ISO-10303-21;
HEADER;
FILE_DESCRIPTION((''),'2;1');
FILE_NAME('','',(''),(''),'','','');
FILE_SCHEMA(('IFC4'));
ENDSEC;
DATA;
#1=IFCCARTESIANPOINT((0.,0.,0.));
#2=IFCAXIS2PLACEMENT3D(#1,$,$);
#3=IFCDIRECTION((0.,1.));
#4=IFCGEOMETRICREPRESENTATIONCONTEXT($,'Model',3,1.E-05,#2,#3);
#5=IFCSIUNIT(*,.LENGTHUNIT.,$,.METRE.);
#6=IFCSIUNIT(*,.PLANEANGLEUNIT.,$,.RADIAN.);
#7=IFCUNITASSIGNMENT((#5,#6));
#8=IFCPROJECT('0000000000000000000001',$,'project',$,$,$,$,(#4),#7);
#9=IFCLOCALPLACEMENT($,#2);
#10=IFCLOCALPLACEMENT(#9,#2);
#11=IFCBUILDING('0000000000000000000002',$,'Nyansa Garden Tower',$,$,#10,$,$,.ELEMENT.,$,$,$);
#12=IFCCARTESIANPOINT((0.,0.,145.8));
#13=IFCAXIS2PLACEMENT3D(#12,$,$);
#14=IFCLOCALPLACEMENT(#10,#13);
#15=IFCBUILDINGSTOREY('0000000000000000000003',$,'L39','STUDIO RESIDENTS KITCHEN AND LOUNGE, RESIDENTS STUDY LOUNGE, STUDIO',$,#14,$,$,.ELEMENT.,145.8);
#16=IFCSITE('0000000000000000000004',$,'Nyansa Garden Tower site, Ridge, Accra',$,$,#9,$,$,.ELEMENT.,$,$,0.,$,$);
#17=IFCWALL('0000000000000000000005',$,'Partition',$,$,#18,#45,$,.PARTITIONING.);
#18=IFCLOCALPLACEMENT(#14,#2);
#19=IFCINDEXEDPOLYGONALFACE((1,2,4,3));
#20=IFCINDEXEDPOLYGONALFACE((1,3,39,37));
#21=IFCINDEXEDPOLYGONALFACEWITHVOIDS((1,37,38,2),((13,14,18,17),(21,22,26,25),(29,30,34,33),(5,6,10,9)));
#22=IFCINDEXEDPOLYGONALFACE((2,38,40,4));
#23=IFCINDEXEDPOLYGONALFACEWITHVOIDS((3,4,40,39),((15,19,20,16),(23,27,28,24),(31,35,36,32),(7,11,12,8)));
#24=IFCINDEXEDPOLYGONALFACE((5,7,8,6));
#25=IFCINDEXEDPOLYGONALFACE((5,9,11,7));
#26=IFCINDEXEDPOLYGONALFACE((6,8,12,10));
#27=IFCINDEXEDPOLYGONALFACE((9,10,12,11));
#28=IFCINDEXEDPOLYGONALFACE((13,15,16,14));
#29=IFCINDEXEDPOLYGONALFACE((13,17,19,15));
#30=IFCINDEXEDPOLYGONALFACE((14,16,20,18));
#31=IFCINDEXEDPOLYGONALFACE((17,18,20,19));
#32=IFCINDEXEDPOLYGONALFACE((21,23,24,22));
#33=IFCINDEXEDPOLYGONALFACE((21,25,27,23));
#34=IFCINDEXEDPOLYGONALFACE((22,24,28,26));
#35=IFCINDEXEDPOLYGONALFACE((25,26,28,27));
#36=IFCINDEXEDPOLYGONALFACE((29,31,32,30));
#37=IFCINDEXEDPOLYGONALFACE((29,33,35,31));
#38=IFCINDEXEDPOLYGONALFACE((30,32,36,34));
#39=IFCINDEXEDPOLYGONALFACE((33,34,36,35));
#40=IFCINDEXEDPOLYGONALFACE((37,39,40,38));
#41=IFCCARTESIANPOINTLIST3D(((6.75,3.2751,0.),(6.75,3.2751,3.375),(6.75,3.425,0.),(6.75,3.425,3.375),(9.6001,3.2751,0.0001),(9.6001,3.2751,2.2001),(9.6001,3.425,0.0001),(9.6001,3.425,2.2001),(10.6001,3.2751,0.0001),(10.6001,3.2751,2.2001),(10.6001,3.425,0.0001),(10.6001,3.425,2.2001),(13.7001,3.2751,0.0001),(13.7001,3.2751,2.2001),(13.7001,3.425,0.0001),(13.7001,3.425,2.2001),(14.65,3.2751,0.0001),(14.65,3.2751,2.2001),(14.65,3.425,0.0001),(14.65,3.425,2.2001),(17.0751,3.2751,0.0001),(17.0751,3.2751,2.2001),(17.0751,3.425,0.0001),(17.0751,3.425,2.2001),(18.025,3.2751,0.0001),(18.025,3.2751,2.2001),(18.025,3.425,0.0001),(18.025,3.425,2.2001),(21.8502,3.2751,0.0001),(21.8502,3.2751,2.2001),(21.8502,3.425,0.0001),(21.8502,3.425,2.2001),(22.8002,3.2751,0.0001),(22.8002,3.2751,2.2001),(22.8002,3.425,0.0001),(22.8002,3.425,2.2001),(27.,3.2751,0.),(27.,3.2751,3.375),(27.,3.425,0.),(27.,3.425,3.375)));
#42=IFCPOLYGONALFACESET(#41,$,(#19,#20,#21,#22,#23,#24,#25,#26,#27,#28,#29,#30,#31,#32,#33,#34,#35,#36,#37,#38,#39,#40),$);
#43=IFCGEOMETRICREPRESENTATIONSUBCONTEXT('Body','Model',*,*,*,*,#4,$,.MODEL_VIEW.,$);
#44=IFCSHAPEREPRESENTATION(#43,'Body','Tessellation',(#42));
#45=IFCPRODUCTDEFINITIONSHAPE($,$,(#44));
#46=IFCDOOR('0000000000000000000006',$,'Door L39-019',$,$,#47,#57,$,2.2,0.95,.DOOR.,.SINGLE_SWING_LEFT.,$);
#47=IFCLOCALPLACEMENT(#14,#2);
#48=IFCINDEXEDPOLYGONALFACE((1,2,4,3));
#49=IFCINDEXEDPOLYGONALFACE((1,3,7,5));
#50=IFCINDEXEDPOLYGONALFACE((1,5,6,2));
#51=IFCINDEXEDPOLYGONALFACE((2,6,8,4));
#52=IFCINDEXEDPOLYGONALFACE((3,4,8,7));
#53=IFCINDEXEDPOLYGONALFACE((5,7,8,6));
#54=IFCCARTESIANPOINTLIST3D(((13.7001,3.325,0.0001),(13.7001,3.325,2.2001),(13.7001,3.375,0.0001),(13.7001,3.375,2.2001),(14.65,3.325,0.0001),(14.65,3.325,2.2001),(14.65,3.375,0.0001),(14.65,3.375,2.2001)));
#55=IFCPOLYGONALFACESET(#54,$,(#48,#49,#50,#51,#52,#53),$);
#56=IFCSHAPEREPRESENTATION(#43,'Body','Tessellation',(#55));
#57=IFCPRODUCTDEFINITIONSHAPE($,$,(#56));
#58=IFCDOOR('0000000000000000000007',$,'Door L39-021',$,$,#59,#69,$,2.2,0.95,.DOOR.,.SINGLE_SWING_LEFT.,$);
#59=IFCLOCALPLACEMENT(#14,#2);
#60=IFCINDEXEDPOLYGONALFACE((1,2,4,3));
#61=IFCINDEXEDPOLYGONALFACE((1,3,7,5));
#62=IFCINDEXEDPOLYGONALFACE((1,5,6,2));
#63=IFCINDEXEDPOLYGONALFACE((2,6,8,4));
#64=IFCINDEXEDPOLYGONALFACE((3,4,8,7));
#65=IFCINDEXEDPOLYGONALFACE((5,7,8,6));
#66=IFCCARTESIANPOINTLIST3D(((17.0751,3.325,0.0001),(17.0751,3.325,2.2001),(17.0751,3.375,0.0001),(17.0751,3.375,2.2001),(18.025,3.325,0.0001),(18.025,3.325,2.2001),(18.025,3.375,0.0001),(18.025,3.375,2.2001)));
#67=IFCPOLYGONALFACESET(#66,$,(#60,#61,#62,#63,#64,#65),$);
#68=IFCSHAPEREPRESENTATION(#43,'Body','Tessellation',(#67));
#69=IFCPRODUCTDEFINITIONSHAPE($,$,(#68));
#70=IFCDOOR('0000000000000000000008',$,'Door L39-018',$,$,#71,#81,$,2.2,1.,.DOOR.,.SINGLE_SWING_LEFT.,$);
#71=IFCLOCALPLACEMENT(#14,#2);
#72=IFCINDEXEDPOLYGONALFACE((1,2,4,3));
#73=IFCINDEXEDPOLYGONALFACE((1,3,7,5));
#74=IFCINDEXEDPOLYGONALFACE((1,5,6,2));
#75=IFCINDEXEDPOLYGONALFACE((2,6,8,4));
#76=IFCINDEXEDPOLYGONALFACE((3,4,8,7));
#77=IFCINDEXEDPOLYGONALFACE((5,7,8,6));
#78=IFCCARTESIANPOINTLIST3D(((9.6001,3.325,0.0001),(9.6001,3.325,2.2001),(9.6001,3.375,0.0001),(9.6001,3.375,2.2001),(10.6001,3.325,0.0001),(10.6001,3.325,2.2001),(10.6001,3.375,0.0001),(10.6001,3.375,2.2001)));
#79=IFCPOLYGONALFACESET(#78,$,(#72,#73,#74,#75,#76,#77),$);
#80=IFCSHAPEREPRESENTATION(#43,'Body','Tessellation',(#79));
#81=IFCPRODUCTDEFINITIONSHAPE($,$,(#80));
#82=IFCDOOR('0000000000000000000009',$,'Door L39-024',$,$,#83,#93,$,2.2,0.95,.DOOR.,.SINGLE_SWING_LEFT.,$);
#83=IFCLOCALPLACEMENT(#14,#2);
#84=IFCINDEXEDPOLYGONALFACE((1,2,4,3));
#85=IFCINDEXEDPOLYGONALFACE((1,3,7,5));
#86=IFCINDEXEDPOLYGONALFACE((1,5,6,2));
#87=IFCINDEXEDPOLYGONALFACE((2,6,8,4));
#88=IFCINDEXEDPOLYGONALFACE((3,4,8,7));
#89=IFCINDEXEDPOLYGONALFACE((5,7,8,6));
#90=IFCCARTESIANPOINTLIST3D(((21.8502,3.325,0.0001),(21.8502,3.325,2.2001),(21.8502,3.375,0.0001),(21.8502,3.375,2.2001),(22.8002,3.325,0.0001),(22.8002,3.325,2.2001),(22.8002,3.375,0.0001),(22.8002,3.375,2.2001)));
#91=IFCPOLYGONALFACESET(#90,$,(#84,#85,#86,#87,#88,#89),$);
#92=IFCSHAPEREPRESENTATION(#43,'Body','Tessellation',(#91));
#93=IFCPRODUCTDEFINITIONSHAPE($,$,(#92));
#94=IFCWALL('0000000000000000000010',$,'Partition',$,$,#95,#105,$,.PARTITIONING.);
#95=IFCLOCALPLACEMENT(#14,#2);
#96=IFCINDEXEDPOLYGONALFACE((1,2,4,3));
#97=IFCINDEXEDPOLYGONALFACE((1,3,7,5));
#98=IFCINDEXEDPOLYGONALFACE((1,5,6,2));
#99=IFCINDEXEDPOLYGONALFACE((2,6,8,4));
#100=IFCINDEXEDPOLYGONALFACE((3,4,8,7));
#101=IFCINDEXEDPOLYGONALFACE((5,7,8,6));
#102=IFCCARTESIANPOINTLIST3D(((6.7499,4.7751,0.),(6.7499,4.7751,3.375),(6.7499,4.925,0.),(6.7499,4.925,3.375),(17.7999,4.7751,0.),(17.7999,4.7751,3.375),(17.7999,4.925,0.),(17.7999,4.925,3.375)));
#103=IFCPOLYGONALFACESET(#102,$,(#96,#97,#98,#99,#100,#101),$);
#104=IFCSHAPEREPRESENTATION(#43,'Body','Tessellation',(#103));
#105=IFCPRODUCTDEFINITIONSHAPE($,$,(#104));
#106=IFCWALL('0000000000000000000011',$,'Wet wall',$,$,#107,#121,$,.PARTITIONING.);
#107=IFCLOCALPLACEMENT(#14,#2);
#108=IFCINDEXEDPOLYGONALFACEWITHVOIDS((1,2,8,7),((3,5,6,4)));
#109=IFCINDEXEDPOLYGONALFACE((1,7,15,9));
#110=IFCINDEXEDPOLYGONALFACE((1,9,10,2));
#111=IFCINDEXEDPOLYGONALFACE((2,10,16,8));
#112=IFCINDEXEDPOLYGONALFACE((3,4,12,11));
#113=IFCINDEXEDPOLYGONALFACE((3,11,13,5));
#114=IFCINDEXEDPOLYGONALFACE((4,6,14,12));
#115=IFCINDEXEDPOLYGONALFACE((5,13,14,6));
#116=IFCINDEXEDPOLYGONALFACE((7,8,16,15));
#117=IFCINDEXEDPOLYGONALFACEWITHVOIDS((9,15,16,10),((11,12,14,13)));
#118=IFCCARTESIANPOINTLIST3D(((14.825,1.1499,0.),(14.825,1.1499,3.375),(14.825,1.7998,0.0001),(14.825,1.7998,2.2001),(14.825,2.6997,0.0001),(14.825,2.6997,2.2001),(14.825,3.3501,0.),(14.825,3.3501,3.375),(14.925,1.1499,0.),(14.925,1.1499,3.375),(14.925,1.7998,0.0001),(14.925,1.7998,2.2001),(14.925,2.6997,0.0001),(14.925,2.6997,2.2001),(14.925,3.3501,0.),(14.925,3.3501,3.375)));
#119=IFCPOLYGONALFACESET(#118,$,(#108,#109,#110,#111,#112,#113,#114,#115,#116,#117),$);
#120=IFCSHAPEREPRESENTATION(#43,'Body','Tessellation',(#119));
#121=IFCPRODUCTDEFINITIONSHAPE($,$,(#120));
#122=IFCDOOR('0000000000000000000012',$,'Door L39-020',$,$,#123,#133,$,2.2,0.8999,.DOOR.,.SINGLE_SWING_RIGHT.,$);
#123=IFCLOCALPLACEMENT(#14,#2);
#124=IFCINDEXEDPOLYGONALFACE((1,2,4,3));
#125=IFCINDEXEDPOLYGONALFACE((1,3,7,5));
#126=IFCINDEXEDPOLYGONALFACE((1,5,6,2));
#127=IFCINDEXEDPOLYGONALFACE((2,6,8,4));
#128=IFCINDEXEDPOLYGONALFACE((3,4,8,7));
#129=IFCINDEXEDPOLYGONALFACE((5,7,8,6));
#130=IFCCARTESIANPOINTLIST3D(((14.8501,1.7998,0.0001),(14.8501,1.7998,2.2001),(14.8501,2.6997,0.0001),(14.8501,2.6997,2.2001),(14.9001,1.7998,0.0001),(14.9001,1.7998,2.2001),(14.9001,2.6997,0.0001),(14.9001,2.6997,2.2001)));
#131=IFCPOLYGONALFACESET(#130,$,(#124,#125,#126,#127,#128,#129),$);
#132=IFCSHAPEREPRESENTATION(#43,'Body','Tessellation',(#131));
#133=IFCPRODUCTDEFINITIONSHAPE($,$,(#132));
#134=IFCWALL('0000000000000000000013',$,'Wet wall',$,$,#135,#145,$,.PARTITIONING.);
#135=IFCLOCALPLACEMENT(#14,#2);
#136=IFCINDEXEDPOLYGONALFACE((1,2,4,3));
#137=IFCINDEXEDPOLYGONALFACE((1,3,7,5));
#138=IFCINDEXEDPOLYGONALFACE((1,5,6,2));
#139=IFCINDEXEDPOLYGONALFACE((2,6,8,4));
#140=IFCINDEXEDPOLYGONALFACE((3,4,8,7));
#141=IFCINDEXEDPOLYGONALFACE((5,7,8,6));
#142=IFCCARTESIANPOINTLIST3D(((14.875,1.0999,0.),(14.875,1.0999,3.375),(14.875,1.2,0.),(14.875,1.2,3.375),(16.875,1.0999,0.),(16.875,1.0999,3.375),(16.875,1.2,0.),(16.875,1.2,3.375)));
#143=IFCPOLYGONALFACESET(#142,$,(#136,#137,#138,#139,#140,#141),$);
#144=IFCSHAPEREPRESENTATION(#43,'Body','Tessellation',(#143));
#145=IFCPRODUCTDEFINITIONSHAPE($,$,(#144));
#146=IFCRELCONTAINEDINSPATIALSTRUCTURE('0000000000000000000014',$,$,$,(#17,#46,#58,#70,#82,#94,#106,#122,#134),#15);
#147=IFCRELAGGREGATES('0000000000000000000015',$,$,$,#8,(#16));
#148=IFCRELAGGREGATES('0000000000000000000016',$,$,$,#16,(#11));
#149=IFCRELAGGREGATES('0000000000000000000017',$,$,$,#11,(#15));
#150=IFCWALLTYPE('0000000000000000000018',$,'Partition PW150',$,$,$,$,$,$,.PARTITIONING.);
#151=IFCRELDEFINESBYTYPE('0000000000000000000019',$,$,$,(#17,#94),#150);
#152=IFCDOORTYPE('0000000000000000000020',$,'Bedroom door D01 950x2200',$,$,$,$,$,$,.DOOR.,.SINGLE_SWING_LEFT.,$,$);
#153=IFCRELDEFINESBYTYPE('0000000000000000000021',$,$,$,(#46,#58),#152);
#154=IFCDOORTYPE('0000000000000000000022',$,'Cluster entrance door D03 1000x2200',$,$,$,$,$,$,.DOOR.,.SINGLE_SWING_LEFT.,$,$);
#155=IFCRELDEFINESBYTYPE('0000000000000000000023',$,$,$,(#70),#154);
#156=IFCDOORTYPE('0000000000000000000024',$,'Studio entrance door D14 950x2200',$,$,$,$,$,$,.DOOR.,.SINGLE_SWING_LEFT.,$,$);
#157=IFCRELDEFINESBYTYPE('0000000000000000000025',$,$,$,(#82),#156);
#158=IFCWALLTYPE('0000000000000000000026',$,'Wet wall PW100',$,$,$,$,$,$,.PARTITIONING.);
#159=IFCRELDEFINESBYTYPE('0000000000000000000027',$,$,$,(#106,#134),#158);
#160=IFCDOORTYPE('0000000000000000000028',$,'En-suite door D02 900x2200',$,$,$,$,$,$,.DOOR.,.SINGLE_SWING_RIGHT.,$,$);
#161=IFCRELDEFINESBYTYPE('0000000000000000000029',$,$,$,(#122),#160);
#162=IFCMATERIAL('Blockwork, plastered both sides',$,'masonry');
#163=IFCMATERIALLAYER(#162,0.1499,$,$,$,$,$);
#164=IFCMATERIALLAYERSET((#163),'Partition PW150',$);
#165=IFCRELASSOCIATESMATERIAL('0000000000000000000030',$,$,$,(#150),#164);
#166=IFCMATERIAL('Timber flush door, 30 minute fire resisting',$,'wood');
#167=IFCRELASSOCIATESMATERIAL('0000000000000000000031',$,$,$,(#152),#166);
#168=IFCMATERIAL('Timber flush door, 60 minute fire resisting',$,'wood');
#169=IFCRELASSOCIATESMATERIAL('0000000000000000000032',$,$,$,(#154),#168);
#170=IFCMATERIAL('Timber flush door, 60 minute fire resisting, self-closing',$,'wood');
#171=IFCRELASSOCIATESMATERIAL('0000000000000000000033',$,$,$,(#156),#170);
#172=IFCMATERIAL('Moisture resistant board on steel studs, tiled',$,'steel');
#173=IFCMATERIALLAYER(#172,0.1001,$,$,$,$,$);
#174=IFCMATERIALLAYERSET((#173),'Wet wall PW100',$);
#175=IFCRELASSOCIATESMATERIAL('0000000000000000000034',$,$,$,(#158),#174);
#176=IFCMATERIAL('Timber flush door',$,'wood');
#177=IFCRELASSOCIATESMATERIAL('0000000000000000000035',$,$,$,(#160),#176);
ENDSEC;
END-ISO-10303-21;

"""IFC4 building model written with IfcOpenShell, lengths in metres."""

from ifc_helpers import new_model, si_unit, direction, frame, frame_2d, origin, place, context, subcontext, project, spatial, rectangle, extrude, material, layer, layer_set, type_object, element, fill, save


model = new_model("IFC4")

# Units and contexts
model_context = context("Model", 3, precision=1e-05, world=origin(), true_north=direction((0.0, 1.0)))
body_context = subcontext(model_context, "Body", "Model", "MODEL_VIEW")
ifc_project = project(units=[si_unit("LENGTHUNIT", "METRE"), si_unit("PLANEANGLEUNIT", "RADIAN")], contexts=[model_context])

# Site, building, storey
site_placement = place(None, origin())
site = spatial("IfcSite", under=ifc_project, at=site_placement, Name="Nyansa Garden Tower site, Ridge, Accra", CompositionType="ELEMENT", RefElevation=0.0)
building_placement = place(site_placement, origin())
building = spatial("IfcBuilding", under=site, at=building_placement, Name="Nyansa Garden Tower", CompositionType="ELEMENT")
storey_placement = place(building_placement, frame((0.0, 0.0, 145.8)))
storey = spatial("IfcBuildingStorey", under=building, at=storey_placement, Name="L39", Description="STUDIO RESIDENTS KITCHEN AND LOUNGE, RESIDENTS STUDY LOUNGE, STUDIO", CompositionType="ELEMENT", Elevation=145.8)

# Shared definitions
ifc_material_1 = material(Name="Blockwork, plastered both sides", Category="masonry")
ifc_layer_1 = layer(ifc_material_1, 0.1499)
ifc_layer_set_1 = layer_set([ifc_layer_1], Name="Partition PW150")
wall_type_1 = type_object("IfcWallType", Name="Partition PW150", PredefinedType="PARTITIONING", material=ifc_layer_set_1)

# Wall, openings, doors
wall_1_placement = place(storey_placement, frame((6.75, 3.3501, 0.0), z_axis=(0.0, 0.0, 1.0), x_axis=(1.0, 0.0, 0.0)))
wall_1 = element("IfcWall", 1, at=wall_1_placement, inside=storey, type_object=wall_type_1, Name="Partition", PredefinedType="PARTITIONING", context=body_context, shape_type="SweptSolid", body=[
    extrude(rectangle(XDim=20.25, YDim=0.1499, at=frame_2d((10.125, 0.0))), origin(), (0.0, 0.0, 1.0), 3.375),
])
opening_1_placement = place(wall_1_placement, frame((2.8501, 0.0, 0.0)))
opening_1 = element("IfcOpeningElement", 2, at=opening_1_placement, cuts=wall_1, PredefinedType="OPENING", context=body_context, shape_type="SweptSolid", body=[
    extrude(rectangle(XDim=1.0, YDim=2.2, at=frame_2d((0.5, 1.1001))), frame((0.0, 0.085, 0.0), z_axis=(0.0, -1.0, 0.0), x_axis=(1.0, 0.0, 0.0)), (0.0, 0.0, 1.0), 0.1699),
])
opening_2_placement = place(wall_1_placement, frame((6.95, 0.0, 0.0)))
opening_2 = element("IfcOpeningElement", 3, at=opening_2_placement, cuts=wall_1, PredefinedType="OPENING", context=body_context, shape_type="SweptSolid", body=[
    extrude(rectangle(XDim=0.95, YDim=2.2, at=frame_2d((0.4751, 1.1001))), frame((0.0, 0.085, 0.0), z_axis=(0.0, -1.0, 0.0), x_axis=(1.0, 0.0, 0.0)), (0.0, 0.0, 1.0), 0.1699),
])
opening_3_placement = place(wall_1_placement, frame((10.325, 0.0, 0.0)))
opening_3 = element("IfcOpeningElement", 4, at=opening_3_placement, cuts=wall_1, PredefinedType="OPENING", context=body_context, shape_type="SweptSolid", body=[
    extrude(rectangle(XDim=0.95, YDim=2.2, at=frame_2d((0.4751, 1.1001))), frame((0.0, 0.085, 0.0), z_axis=(0.0, -1.0, 0.0), x_axis=(1.0, 0.0, 0.0)), (0.0, 0.0, 1.0), 0.1699),
])
opening_4_placement = place(wall_1_placement, frame((15.1001, 0.0, 0.0)))
opening_4 = element("IfcOpeningElement", 5, at=opening_4_placement, cuts=wall_1, PredefinedType="OPENING", context=body_context, shape_type="SweptSolid", body=[
    extrude(rectangle(XDim=0.95, YDim=2.2, at=frame_2d((0.4751, 1.1001))), frame((0.0, 0.085, 0.0), z_axis=(0.0, -1.0, 0.0), x_axis=(1.0, 0.0, 0.0)), (0.0, 0.0, 1.0), 0.1699),
])
ifc_material_2 = material(Name="Timber flush door, 30 minute fire resisting", Category="wood")
door_type_1 = type_object("IfcDoorType", Name="Bedroom door D01 950x2200", OperationType="SINGLE_SWING_LEFT", PredefinedType="DOOR", material=ifc_material_2)
door_1_placement = place(opening_2_placement, origin())
door_1 = element("IfcDoor", 6, at=door_1_placement, inside=storey, type_object=door_type_1, Name="Door L39-019", OperationType="SINGLE_SWING_LEFT", OverallHeight=2.2, OverallWidth=0.95, PredefinedType="DOOR", context=body_context, shape_type="SweptSolid", body=[
    extrude(rectangle(XDim=0.95, YDim=2.2, at=frame_2d((0.4751, 1.1001))), frame((0.0, 0.0249, 0.0), z_axis=(0.0, -1.0, 0.0), x_axis=(1.0, 0.0, 0.0)), (0.0, 0.0, 1.0), 0.05),
])
fill(opening_2, door_1)
door_2_placement = place(opening_3_placement, origin())
door_2 = element("IfcDoor", 7, at=door_2_placement, inside=storey, type_object=door_type_1, Name="Door L39-021", OperationType="SINGLE_SWING_LEFT", OverallHeight=2.2, OverallWidth=0.95, PredefinedType="DOOR", context=body_context, shape_type="SweptSolid", body=[
    extrude(rectangle(XDim=0.95, YDim=2.2, at=frame_2d((0.4751, 1.1001))), frame((0.0, 0.0249, 0.0), z_axis=(0.0, -1.0, 0.0), x_axis=(1.0, 0.0, 0.0)), (0.0, 0.0, 1.0), 0.05),
])
fill(opening_3, door_2)
ifc_material_3 = material(Name="Timber flush door, 60 minute fire resisting", Category="wood")
door_type_2 = type_object("IfcDoorType", Name="Cluster entrance door D03 1000x2200", OperationType="SINGLE_SWING_LEFT", PredefinedType="DOOR", material=ifc_material_3)
door_3_placement = place(opening_1_placement, origin())
door_3 = element("IfcDoor", 8, at=door_3_placement, inside=storey, type_object=door_type_2, Name="Door L39-018", OperationType="SINGLE_SWING_LEFT", OverallHeight=2.2, OverallWidth=1.0, PredefinedType="DOOR", context=body_context, shape_type="SweptSolid", body=[
    extrude(rectangle(XDim=1.0, YDim=2.2, at=frame_2d((0.5, 1.1001))), frame((0.0, 0.0249, 0.0), z_axis=(0.0, -1.0, 0.0), x_axis=(1.0, 0.0, 0.0)), (0.0, 0.0, 1.0), 0.05),
])
fill(opening_1, door_3)
ifc_material_4 = material(Name="Timber flush door, 60 minute fire resisting, self-closing", Category="wood")
door_type_3 = type_object("IfcDoorType", Name="Studio entrance door D14 950x2200", OperationType="SINGLE_SWING_LEFT", PredefinedType="DOOR", material=ifc_material_4)
door_4_placement = place(opening_4_placement, origin())
door_4 = element("IfcDoor", 9, at=door_4_placement, inside=storey, type_object=door_type_3, Name="Door L39-024", OperationType="SINGLE_SWING_LEFT", OverallHeight=2.2, OverallWidth=0.95, PredefinedType="DOOR", context=body_context, shape_type="SweptSolid", body=[
    extrude(rectangle(XDim=0.95, YDim=2.2, at=frame_2d((0.4751, 1.1001))), frame((0.0, 0.0249, 0.0), z_axis=(0.0, -1.0, 0.0), x_axis=(1.0, 0.0, 0.0)), (0.0, 0.0, 1.0), 0.05),
])
fill(opening_4, door_4)

# Wall
wall_2_placement = place(storey_placement, frame((6.75, 4.8501, 0.0), z_axis=(0.0, 0.0, 1.0), x_axis=(1.0, 0.0, 0.0)))
element("IfcWall", 10, at=wall_2_placement, inside=storey, type_object=wall_type_1, Name="Partition", PredefinedType="PARTITIONING", context=body_context, shape_type="SweptSolid", body=[
    extrude(rectangle(XDim=11.05, YDim=0.1499, at=frame_2d((5.5249, 0.0))), origin(), (0.0, 0.0, 1.0), 3.375),
])

# Wall, opening, door
ifc_material_5 = material(Name="Moisture resistant board on steel studs, tiled", Category="steel")
ifc_layer_2 = layer(ifc_material_5, 0.1001)
ifc_layer_set_2 = layer_set([ifc_layer_2], Name="Wet wall PW100")
wall_type_2 = type_object("IfcWallType", Name="Wet wall PW100", PredefinedType="PARTITIONING", material=ifc_layer_set_2)
wall_3_placement = place(storey_placement, frame((14.875, 1.1499, 0.0), z_axis=(0.0, 0.0, 1.0), x_axis=(0.0, 1.0, 0.0)))
wall_3 = element("IfcWall", 11, at=wall_3_placement, inside=storey, type_object=wall_type_2, Name="Wet wall", PredefinedType="PARTITIONING", context=body_context, shape_type="SweptSolid", body=[
    extrude(rectangle(XDim=2.2002, YDim=0.1001, at=frame_2d((1.1001, 0.0))), origin(), (0.0, 0.0, 1.0), 3.375),
])
opening_5_placement = place(wall_3_placement, frame((0.6499, 0.0, 0.0)))
opening_5 = element("IfcOpeningElement", 12, at=opening_5_placement, cuts=wall_3, PredefinedType="OPENING", context=body_context, shape_type="SweptSolid", body=[
    extrude(rectangle(XDim=0.8999, YDim=2.2, at=frame_2d((0.45, 1.1001))), frame((0.0, 0.0601, 0.0), z_axis=(0.0, -1.0, 0.0), x_axis=(1.0, 0.0, 0.0)), (0.0, 0.0, 1.0), 0.1201),
])
ifc_material_6 = material(Name="Timber flush door", Category="wood")
door_type_4 = type_object("IfcDoorType", Name="En-suite door D02 900x2200", OperationType="SINGLE_SWING_RIGHT", PredefinedType="DOOR", material=ifc_material_6)
door_5_placement = place(opening_5_placement, origin())
door_5 = element("IfcDoor", 13, at=door_5_placement, inside=storey, type_object=door_type_4, Name="Door L39-020", OperationType="SINGLE_SWING_RIGHT", OverallHeight=2.2, OverallWidth=0.8999, PredefinedType="DOOR", context=body_context, shape_type="SweptSolid", body=[
    extrude(rectangle(XDim=0.8999, YDim=2.2, at=frame_2d((0.45, 1.1001))), frame((0.0, 0.0249, 0.0), z_axis=(0.0, -1.0, 0.0), x_axis=(1.0, 0.0, 0.0)), (0.0, 0.0, 1.0), 0.05),
])
fill(opening_5, door_5)

# Wall
wall_4_placement = place(storey_placement, frame((14.875, 1.1499, 0.0), z_axis=(0.0, 0.0, 1.0), x_axis=(1.0, 0.0, 0.0)))
element("IfcWall", 14, at=wall_4_placement, inside=storey, type_object=wall_type_2, Name="Wet wall", PredefinedType="PARTITIONING", context=body_context, shape_type="SweptSolid", body=[
    extrude(rectangle(XDim=2.0, YDim=0.1001, at=frame_2d((1.0, 0.0))), origin(), (0.0, 0.0, 1.0), 3.375),
])

save(model, "model.ifc")
